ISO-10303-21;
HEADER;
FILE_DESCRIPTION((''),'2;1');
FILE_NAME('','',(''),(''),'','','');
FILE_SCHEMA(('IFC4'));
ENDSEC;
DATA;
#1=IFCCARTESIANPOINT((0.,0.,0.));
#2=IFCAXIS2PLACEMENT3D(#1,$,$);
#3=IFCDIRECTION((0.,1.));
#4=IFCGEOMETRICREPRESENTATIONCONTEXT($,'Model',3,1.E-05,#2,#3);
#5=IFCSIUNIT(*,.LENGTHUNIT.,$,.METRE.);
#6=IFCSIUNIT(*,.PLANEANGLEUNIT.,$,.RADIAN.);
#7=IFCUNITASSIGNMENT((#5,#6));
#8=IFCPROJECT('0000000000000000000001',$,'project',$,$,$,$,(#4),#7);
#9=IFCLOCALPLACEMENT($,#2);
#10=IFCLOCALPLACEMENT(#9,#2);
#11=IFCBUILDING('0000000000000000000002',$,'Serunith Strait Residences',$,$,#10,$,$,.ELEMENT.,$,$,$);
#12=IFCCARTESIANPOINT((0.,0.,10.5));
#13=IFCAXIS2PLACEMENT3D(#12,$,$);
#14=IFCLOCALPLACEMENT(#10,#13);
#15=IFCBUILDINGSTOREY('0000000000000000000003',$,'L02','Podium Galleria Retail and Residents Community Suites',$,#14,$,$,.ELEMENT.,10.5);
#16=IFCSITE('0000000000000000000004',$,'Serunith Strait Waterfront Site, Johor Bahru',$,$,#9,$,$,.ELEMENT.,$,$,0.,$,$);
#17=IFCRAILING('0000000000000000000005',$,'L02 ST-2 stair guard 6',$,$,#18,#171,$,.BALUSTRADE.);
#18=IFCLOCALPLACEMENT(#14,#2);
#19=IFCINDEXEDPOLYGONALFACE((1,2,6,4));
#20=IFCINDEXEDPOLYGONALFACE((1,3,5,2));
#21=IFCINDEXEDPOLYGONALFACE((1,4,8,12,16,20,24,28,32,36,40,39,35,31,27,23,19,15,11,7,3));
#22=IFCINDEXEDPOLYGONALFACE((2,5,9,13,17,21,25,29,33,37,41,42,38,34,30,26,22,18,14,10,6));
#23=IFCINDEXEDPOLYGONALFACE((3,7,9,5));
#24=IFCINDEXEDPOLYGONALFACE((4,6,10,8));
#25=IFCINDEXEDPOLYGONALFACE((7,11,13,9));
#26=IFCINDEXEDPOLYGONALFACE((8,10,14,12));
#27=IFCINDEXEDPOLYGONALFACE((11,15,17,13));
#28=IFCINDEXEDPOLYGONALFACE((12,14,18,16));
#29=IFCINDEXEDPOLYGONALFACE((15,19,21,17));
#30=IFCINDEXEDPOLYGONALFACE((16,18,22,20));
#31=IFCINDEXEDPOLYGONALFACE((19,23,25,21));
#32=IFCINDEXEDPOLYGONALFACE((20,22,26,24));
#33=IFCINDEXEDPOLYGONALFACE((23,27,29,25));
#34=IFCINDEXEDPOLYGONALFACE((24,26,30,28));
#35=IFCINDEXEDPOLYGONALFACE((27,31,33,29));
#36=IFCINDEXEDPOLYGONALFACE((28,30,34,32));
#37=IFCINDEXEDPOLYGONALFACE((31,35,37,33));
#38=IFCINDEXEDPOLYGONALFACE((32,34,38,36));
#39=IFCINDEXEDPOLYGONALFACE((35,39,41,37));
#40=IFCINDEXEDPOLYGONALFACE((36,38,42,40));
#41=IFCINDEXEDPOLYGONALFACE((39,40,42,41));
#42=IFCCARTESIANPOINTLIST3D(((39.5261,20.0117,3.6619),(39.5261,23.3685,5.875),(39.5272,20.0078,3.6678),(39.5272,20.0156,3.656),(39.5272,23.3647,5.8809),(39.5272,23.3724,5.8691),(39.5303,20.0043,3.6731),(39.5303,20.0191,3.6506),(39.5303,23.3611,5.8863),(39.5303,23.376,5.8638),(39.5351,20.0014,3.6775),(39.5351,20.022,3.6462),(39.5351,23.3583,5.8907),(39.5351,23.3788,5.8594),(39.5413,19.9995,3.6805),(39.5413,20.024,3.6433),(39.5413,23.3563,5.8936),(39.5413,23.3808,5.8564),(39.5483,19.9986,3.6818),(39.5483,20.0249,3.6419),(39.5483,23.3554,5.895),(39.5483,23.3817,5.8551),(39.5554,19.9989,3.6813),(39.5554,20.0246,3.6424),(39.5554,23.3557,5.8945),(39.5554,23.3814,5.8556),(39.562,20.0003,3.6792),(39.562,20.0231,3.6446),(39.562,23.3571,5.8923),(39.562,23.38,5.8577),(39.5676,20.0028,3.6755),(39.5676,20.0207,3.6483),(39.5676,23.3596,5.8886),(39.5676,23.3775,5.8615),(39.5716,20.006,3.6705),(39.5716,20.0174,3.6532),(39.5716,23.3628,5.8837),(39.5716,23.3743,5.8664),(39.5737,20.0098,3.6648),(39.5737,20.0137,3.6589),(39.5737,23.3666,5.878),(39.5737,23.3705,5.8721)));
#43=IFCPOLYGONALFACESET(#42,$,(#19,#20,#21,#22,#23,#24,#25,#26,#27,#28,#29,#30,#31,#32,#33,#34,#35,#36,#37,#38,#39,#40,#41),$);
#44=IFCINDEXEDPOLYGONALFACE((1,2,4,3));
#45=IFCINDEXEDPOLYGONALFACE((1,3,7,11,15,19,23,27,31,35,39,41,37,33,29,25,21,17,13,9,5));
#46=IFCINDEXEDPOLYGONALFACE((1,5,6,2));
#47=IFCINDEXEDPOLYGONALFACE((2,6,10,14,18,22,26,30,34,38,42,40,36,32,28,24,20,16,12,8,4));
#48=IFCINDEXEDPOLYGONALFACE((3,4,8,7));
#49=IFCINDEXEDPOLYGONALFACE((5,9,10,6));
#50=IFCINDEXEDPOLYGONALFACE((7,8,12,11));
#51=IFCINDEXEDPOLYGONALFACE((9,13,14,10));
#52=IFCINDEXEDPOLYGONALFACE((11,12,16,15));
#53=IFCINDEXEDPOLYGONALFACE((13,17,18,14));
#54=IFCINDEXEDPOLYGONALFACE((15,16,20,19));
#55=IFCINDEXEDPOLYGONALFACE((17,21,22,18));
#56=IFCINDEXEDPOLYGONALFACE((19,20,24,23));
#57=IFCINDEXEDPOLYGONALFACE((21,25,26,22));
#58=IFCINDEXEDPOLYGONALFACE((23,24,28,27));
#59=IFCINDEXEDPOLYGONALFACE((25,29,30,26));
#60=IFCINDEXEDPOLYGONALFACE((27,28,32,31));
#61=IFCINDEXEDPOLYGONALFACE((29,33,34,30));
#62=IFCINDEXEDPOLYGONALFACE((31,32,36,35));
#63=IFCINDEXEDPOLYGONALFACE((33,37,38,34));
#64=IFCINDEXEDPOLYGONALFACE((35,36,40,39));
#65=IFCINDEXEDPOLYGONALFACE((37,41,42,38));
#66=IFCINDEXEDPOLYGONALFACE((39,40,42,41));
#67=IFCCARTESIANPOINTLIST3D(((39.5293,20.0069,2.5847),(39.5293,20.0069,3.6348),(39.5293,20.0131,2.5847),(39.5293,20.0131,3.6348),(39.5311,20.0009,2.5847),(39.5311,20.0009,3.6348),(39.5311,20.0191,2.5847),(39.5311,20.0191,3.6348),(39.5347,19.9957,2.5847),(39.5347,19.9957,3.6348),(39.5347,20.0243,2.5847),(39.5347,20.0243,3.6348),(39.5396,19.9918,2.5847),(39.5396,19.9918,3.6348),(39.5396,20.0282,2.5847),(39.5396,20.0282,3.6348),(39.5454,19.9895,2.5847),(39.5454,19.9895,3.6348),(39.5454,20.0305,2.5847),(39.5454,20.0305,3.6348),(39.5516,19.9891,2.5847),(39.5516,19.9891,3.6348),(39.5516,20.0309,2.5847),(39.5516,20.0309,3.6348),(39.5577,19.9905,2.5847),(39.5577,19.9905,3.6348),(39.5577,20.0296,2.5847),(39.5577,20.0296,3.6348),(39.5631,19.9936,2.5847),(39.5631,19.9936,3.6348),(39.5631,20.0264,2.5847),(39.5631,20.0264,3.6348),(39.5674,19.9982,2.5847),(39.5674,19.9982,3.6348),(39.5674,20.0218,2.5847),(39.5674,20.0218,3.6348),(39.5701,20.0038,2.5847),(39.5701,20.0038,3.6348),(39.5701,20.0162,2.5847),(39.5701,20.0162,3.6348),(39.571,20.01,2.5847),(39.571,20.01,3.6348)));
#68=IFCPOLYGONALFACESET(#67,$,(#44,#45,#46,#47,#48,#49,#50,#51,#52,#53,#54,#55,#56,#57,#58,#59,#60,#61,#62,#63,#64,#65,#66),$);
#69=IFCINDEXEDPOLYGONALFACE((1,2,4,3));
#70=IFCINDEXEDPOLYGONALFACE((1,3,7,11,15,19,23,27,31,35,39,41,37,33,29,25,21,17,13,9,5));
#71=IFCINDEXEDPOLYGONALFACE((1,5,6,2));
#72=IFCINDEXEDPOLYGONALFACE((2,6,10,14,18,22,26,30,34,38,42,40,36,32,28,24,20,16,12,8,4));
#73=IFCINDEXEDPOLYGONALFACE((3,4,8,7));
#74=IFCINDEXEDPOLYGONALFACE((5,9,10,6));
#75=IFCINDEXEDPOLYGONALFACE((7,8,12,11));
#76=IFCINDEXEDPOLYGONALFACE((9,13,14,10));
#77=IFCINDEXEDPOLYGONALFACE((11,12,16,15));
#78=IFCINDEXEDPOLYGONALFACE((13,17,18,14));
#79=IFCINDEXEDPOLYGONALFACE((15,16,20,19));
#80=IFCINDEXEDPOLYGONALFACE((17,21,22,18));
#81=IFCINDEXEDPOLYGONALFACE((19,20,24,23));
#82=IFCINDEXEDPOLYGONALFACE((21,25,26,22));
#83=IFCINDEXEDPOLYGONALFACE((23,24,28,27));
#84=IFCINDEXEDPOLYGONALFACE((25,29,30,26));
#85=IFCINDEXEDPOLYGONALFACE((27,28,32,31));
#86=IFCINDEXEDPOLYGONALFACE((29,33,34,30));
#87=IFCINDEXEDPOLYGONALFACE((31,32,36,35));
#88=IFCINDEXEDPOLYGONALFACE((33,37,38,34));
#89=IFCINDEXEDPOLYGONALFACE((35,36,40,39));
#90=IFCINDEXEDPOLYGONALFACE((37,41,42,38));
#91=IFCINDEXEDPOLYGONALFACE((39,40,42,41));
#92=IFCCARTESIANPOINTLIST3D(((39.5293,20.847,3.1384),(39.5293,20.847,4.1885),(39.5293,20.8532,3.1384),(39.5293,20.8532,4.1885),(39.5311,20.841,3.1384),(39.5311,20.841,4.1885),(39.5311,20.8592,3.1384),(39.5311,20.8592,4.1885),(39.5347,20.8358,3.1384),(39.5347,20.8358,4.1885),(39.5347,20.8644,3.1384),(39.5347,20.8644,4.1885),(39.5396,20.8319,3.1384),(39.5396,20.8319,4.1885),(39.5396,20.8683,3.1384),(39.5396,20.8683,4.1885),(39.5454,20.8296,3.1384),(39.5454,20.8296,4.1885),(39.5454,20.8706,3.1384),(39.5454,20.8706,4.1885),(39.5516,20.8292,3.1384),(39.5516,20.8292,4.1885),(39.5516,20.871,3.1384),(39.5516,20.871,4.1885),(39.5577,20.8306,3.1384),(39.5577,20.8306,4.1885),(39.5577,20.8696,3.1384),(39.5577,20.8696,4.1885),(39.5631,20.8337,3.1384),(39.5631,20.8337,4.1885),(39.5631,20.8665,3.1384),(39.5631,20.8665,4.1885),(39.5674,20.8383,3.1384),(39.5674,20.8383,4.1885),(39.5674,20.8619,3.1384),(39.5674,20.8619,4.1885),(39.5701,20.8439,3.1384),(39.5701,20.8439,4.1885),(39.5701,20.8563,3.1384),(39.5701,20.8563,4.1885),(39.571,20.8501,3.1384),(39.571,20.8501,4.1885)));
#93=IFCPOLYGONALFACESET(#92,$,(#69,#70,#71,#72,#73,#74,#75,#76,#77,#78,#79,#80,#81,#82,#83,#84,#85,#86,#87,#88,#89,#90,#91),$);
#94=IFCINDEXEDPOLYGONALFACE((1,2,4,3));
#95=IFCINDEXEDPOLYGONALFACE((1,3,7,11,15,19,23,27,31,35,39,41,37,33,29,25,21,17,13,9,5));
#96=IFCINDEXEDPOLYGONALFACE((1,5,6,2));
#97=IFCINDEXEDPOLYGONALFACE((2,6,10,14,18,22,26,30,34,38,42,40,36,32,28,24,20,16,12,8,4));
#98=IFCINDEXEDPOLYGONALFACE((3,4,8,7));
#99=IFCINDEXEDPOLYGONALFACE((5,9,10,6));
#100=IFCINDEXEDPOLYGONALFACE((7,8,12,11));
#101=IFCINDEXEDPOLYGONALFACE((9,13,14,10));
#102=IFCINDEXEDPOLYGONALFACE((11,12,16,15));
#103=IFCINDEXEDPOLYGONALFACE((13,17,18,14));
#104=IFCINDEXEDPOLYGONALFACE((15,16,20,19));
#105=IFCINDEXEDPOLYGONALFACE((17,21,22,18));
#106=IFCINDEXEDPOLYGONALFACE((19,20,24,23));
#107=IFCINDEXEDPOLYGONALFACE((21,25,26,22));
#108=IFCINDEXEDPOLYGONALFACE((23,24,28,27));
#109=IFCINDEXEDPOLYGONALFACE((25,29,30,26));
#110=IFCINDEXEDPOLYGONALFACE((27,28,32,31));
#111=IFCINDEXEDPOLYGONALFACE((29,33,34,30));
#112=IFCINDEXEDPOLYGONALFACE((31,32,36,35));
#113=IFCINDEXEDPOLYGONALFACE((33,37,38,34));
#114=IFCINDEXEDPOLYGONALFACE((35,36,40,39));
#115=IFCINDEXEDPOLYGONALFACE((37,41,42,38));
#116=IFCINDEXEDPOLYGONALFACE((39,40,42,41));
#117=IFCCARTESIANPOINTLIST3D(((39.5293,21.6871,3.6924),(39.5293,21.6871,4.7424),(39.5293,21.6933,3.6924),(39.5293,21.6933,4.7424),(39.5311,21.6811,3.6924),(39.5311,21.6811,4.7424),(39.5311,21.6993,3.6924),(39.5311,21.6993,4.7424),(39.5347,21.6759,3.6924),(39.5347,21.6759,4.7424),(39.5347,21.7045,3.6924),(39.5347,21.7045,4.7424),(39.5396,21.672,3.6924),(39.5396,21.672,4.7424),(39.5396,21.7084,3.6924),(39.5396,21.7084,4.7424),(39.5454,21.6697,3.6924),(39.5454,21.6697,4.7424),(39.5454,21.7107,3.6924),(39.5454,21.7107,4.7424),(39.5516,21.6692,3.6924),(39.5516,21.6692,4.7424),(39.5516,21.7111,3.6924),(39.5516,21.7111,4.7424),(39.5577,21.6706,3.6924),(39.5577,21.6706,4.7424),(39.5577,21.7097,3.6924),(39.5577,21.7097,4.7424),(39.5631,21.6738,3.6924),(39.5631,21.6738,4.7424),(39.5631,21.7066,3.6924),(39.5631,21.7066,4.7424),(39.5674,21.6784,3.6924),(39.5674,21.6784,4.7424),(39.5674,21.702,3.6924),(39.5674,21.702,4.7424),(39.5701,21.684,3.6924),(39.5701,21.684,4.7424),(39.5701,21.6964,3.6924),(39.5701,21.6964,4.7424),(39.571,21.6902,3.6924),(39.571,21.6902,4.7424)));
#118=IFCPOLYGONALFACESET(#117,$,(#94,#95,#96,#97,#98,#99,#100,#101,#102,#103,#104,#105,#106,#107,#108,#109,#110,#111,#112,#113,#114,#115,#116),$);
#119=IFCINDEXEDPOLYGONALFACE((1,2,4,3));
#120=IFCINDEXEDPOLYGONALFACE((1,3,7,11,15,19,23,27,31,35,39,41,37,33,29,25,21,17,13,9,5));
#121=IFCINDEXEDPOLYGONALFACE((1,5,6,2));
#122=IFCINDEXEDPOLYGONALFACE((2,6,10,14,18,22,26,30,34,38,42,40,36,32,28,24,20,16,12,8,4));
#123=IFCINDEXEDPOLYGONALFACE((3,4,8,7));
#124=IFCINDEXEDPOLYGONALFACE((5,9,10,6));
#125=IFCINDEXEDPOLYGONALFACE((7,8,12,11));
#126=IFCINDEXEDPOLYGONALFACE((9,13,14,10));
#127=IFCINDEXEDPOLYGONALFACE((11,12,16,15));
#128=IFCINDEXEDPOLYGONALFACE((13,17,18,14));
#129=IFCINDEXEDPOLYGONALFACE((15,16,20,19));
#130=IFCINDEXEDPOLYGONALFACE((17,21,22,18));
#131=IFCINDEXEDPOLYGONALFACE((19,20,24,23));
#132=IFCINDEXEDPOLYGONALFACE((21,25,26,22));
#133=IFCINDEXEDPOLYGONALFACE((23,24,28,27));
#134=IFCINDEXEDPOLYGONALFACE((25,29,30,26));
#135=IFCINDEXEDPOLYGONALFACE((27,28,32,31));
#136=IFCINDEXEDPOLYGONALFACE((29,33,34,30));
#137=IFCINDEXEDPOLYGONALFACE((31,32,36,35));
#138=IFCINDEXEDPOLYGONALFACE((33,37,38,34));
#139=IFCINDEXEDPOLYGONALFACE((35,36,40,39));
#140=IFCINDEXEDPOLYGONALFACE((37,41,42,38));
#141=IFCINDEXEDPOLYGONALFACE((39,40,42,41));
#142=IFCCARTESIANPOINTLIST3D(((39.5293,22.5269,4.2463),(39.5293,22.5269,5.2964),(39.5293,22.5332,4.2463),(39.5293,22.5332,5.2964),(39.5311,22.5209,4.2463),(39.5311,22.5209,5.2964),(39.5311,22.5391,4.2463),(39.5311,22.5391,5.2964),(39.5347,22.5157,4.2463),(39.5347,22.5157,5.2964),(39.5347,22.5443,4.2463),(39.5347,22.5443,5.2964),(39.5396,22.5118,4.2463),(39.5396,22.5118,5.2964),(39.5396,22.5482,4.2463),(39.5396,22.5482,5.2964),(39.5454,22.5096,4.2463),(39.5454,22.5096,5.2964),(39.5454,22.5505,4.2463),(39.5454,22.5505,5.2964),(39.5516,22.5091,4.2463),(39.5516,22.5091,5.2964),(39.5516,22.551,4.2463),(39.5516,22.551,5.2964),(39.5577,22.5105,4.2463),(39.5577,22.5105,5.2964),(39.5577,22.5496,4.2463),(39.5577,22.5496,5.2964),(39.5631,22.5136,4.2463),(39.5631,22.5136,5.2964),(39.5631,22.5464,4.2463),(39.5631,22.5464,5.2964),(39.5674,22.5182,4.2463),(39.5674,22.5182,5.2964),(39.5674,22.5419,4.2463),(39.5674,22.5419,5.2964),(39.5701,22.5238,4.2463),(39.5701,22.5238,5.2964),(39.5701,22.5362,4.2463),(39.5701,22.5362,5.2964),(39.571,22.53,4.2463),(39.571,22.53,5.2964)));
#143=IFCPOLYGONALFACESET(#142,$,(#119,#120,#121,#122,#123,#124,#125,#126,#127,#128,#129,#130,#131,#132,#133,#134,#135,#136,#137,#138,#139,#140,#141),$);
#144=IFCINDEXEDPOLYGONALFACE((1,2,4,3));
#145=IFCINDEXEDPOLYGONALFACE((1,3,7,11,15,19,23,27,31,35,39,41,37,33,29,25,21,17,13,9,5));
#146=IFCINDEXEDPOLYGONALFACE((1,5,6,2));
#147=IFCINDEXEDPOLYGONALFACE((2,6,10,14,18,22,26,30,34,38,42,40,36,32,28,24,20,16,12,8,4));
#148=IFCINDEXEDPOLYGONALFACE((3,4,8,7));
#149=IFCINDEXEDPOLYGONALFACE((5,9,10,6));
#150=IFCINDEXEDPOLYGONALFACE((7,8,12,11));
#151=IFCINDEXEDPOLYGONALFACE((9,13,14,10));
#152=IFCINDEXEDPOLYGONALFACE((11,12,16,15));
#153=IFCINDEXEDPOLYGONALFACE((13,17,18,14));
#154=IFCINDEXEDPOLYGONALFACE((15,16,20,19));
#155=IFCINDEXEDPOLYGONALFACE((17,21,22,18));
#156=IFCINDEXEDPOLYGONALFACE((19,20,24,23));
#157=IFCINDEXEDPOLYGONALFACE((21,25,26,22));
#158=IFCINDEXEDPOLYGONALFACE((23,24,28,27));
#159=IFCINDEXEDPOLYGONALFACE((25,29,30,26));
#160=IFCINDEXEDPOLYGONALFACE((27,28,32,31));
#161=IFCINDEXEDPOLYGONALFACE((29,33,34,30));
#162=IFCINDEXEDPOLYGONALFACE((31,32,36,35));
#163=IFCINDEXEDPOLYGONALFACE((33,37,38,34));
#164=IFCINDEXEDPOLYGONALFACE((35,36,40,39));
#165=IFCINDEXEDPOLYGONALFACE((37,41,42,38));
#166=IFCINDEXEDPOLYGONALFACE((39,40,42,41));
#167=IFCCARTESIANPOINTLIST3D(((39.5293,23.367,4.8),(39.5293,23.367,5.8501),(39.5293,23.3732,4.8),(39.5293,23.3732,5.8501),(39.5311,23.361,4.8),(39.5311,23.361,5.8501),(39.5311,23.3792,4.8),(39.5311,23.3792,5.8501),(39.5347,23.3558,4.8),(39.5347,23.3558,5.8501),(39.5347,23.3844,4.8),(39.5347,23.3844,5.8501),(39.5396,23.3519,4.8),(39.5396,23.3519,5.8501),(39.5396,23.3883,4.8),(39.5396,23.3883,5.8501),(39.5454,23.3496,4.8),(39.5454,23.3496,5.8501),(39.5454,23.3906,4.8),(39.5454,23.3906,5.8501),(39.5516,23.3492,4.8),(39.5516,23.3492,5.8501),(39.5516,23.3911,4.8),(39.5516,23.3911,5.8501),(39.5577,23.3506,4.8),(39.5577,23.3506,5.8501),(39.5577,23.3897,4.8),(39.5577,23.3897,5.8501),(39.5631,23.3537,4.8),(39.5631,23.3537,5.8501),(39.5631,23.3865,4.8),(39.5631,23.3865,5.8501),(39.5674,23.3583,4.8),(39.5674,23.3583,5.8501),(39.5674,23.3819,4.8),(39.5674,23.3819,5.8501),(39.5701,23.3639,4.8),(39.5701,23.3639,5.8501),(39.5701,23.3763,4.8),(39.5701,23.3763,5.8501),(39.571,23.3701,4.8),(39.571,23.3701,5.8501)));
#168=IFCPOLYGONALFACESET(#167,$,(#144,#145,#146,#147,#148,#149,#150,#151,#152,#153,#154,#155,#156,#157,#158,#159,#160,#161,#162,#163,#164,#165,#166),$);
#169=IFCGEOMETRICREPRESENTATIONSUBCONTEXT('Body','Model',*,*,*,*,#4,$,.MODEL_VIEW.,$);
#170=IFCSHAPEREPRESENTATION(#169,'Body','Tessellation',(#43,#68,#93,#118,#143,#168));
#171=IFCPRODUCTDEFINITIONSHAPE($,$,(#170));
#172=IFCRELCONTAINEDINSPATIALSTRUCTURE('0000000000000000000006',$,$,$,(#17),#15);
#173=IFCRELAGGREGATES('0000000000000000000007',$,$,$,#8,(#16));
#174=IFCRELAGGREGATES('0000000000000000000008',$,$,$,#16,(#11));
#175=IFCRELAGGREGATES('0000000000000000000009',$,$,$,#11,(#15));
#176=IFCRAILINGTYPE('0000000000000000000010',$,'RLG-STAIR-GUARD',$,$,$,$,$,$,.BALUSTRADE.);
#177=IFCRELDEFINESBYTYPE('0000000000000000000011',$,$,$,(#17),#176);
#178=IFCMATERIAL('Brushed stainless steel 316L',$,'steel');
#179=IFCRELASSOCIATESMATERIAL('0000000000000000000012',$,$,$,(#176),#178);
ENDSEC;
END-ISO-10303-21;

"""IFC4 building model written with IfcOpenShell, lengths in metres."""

from ifc_helpers import new_model, si_unit, direction, frame, origin, origin_2d, place, context, subcontext, project, spatial, circle, extrude, material, type_object, element, save


model = new_model("IFC4")

# Units and contexts
model_context = context("Model", 3, precision=1e-05, world=origin(), true_north=direction((0.0, 1.0)))
body_context = subcontext(model_context, "Body", "Model", "MODEL_VIEW")
ifc_project = project(units=[si_unit("LENGTHUNIT", "METRE"), si_unit("PLANEANGLEUNIT", "RADIAN")], contexts=[model_context])

# Site, building, storey
site_placement = place(None, origin())
site = spatial("IfcSite", under=ifc_project, at=site_placement, Name="Serunith Strait Waterfront Site, Johor Bahru", CompositionType="ELEMENT", RefElevation=0.0)
building_placement = place(site_placement, origin())
building = spatial("IfcBuilding", under=site, at=building_placement, Name="Serunith Strait Residences", CompositionType="ELEMENT")
storey_placement = place(building_placement, frame((0.0, 0.0, 10.5)))
storey = spatial("IfcBuildingStorey", under=building, at=storey_placement, Name="L02", Description="Podium Galleria Retail and Residents Community Suites", CompositionType="ELEMENT", Elevation=10.5)

# Railing
ifc_material_1 = material(Name="Brushed stainless steel 316L", Category="steel")
railing_type_1 = type_object("IfcRailingType", Name="RLG-STAIR-GUARD", PredefinedType="BALUSTRADE", material=ifc_material_1)
railing_1_placement = place(storey_placement, frame((39.55, 20.01, 2.5847)))
element("IfcRailing", 1, at=railing_1_placement, inside=storey, type_object=railing_type_1, Name="L02 ST-2 stair guard 6", PredefinedType="BALUSTRADE", context=body_context, shape_type="SweptSolid", body=[
    extrude(circle(Radius=0.0239, at=origin_2d()), frame((0.0, 0.0017, 1.0771), z_axis=(0.0, 0.834876, 0.550437), x_axis=(-1.0, 0.0, 0.0)), (0.0, 0.0, 1.0), 4.0208),
    extrude(circle(Radius=0.021, at=origin_2d()), origin(), (0.0, 0.0, 1.0), 1.05),
    extrude(circle(Radius=0.021, at=origin_2d()), frame((0.0, 0.8401, 0.5537)), (0.0, 0.0, 1.0), 1.05),
    extrude(circle(Radius=0.021, at=origin_2d()), frame((0.0, 1.6802, 1.1077)), (0.0, 0.0, 1.0), 1.05),
    extrude(circle(Radius=0.021, at=origin_2d()), frame((0.0, 2.52, 1.6616)), (0.0, 0.0, 1.0), 1.05),
    extrude(circle(Radius=0.021, at=origin_2d()), frame((0.0, 3.3601, 2.2153)), (0.0, 0.0, 1.0), 1.05),
])

save(model, "model.ifc")
